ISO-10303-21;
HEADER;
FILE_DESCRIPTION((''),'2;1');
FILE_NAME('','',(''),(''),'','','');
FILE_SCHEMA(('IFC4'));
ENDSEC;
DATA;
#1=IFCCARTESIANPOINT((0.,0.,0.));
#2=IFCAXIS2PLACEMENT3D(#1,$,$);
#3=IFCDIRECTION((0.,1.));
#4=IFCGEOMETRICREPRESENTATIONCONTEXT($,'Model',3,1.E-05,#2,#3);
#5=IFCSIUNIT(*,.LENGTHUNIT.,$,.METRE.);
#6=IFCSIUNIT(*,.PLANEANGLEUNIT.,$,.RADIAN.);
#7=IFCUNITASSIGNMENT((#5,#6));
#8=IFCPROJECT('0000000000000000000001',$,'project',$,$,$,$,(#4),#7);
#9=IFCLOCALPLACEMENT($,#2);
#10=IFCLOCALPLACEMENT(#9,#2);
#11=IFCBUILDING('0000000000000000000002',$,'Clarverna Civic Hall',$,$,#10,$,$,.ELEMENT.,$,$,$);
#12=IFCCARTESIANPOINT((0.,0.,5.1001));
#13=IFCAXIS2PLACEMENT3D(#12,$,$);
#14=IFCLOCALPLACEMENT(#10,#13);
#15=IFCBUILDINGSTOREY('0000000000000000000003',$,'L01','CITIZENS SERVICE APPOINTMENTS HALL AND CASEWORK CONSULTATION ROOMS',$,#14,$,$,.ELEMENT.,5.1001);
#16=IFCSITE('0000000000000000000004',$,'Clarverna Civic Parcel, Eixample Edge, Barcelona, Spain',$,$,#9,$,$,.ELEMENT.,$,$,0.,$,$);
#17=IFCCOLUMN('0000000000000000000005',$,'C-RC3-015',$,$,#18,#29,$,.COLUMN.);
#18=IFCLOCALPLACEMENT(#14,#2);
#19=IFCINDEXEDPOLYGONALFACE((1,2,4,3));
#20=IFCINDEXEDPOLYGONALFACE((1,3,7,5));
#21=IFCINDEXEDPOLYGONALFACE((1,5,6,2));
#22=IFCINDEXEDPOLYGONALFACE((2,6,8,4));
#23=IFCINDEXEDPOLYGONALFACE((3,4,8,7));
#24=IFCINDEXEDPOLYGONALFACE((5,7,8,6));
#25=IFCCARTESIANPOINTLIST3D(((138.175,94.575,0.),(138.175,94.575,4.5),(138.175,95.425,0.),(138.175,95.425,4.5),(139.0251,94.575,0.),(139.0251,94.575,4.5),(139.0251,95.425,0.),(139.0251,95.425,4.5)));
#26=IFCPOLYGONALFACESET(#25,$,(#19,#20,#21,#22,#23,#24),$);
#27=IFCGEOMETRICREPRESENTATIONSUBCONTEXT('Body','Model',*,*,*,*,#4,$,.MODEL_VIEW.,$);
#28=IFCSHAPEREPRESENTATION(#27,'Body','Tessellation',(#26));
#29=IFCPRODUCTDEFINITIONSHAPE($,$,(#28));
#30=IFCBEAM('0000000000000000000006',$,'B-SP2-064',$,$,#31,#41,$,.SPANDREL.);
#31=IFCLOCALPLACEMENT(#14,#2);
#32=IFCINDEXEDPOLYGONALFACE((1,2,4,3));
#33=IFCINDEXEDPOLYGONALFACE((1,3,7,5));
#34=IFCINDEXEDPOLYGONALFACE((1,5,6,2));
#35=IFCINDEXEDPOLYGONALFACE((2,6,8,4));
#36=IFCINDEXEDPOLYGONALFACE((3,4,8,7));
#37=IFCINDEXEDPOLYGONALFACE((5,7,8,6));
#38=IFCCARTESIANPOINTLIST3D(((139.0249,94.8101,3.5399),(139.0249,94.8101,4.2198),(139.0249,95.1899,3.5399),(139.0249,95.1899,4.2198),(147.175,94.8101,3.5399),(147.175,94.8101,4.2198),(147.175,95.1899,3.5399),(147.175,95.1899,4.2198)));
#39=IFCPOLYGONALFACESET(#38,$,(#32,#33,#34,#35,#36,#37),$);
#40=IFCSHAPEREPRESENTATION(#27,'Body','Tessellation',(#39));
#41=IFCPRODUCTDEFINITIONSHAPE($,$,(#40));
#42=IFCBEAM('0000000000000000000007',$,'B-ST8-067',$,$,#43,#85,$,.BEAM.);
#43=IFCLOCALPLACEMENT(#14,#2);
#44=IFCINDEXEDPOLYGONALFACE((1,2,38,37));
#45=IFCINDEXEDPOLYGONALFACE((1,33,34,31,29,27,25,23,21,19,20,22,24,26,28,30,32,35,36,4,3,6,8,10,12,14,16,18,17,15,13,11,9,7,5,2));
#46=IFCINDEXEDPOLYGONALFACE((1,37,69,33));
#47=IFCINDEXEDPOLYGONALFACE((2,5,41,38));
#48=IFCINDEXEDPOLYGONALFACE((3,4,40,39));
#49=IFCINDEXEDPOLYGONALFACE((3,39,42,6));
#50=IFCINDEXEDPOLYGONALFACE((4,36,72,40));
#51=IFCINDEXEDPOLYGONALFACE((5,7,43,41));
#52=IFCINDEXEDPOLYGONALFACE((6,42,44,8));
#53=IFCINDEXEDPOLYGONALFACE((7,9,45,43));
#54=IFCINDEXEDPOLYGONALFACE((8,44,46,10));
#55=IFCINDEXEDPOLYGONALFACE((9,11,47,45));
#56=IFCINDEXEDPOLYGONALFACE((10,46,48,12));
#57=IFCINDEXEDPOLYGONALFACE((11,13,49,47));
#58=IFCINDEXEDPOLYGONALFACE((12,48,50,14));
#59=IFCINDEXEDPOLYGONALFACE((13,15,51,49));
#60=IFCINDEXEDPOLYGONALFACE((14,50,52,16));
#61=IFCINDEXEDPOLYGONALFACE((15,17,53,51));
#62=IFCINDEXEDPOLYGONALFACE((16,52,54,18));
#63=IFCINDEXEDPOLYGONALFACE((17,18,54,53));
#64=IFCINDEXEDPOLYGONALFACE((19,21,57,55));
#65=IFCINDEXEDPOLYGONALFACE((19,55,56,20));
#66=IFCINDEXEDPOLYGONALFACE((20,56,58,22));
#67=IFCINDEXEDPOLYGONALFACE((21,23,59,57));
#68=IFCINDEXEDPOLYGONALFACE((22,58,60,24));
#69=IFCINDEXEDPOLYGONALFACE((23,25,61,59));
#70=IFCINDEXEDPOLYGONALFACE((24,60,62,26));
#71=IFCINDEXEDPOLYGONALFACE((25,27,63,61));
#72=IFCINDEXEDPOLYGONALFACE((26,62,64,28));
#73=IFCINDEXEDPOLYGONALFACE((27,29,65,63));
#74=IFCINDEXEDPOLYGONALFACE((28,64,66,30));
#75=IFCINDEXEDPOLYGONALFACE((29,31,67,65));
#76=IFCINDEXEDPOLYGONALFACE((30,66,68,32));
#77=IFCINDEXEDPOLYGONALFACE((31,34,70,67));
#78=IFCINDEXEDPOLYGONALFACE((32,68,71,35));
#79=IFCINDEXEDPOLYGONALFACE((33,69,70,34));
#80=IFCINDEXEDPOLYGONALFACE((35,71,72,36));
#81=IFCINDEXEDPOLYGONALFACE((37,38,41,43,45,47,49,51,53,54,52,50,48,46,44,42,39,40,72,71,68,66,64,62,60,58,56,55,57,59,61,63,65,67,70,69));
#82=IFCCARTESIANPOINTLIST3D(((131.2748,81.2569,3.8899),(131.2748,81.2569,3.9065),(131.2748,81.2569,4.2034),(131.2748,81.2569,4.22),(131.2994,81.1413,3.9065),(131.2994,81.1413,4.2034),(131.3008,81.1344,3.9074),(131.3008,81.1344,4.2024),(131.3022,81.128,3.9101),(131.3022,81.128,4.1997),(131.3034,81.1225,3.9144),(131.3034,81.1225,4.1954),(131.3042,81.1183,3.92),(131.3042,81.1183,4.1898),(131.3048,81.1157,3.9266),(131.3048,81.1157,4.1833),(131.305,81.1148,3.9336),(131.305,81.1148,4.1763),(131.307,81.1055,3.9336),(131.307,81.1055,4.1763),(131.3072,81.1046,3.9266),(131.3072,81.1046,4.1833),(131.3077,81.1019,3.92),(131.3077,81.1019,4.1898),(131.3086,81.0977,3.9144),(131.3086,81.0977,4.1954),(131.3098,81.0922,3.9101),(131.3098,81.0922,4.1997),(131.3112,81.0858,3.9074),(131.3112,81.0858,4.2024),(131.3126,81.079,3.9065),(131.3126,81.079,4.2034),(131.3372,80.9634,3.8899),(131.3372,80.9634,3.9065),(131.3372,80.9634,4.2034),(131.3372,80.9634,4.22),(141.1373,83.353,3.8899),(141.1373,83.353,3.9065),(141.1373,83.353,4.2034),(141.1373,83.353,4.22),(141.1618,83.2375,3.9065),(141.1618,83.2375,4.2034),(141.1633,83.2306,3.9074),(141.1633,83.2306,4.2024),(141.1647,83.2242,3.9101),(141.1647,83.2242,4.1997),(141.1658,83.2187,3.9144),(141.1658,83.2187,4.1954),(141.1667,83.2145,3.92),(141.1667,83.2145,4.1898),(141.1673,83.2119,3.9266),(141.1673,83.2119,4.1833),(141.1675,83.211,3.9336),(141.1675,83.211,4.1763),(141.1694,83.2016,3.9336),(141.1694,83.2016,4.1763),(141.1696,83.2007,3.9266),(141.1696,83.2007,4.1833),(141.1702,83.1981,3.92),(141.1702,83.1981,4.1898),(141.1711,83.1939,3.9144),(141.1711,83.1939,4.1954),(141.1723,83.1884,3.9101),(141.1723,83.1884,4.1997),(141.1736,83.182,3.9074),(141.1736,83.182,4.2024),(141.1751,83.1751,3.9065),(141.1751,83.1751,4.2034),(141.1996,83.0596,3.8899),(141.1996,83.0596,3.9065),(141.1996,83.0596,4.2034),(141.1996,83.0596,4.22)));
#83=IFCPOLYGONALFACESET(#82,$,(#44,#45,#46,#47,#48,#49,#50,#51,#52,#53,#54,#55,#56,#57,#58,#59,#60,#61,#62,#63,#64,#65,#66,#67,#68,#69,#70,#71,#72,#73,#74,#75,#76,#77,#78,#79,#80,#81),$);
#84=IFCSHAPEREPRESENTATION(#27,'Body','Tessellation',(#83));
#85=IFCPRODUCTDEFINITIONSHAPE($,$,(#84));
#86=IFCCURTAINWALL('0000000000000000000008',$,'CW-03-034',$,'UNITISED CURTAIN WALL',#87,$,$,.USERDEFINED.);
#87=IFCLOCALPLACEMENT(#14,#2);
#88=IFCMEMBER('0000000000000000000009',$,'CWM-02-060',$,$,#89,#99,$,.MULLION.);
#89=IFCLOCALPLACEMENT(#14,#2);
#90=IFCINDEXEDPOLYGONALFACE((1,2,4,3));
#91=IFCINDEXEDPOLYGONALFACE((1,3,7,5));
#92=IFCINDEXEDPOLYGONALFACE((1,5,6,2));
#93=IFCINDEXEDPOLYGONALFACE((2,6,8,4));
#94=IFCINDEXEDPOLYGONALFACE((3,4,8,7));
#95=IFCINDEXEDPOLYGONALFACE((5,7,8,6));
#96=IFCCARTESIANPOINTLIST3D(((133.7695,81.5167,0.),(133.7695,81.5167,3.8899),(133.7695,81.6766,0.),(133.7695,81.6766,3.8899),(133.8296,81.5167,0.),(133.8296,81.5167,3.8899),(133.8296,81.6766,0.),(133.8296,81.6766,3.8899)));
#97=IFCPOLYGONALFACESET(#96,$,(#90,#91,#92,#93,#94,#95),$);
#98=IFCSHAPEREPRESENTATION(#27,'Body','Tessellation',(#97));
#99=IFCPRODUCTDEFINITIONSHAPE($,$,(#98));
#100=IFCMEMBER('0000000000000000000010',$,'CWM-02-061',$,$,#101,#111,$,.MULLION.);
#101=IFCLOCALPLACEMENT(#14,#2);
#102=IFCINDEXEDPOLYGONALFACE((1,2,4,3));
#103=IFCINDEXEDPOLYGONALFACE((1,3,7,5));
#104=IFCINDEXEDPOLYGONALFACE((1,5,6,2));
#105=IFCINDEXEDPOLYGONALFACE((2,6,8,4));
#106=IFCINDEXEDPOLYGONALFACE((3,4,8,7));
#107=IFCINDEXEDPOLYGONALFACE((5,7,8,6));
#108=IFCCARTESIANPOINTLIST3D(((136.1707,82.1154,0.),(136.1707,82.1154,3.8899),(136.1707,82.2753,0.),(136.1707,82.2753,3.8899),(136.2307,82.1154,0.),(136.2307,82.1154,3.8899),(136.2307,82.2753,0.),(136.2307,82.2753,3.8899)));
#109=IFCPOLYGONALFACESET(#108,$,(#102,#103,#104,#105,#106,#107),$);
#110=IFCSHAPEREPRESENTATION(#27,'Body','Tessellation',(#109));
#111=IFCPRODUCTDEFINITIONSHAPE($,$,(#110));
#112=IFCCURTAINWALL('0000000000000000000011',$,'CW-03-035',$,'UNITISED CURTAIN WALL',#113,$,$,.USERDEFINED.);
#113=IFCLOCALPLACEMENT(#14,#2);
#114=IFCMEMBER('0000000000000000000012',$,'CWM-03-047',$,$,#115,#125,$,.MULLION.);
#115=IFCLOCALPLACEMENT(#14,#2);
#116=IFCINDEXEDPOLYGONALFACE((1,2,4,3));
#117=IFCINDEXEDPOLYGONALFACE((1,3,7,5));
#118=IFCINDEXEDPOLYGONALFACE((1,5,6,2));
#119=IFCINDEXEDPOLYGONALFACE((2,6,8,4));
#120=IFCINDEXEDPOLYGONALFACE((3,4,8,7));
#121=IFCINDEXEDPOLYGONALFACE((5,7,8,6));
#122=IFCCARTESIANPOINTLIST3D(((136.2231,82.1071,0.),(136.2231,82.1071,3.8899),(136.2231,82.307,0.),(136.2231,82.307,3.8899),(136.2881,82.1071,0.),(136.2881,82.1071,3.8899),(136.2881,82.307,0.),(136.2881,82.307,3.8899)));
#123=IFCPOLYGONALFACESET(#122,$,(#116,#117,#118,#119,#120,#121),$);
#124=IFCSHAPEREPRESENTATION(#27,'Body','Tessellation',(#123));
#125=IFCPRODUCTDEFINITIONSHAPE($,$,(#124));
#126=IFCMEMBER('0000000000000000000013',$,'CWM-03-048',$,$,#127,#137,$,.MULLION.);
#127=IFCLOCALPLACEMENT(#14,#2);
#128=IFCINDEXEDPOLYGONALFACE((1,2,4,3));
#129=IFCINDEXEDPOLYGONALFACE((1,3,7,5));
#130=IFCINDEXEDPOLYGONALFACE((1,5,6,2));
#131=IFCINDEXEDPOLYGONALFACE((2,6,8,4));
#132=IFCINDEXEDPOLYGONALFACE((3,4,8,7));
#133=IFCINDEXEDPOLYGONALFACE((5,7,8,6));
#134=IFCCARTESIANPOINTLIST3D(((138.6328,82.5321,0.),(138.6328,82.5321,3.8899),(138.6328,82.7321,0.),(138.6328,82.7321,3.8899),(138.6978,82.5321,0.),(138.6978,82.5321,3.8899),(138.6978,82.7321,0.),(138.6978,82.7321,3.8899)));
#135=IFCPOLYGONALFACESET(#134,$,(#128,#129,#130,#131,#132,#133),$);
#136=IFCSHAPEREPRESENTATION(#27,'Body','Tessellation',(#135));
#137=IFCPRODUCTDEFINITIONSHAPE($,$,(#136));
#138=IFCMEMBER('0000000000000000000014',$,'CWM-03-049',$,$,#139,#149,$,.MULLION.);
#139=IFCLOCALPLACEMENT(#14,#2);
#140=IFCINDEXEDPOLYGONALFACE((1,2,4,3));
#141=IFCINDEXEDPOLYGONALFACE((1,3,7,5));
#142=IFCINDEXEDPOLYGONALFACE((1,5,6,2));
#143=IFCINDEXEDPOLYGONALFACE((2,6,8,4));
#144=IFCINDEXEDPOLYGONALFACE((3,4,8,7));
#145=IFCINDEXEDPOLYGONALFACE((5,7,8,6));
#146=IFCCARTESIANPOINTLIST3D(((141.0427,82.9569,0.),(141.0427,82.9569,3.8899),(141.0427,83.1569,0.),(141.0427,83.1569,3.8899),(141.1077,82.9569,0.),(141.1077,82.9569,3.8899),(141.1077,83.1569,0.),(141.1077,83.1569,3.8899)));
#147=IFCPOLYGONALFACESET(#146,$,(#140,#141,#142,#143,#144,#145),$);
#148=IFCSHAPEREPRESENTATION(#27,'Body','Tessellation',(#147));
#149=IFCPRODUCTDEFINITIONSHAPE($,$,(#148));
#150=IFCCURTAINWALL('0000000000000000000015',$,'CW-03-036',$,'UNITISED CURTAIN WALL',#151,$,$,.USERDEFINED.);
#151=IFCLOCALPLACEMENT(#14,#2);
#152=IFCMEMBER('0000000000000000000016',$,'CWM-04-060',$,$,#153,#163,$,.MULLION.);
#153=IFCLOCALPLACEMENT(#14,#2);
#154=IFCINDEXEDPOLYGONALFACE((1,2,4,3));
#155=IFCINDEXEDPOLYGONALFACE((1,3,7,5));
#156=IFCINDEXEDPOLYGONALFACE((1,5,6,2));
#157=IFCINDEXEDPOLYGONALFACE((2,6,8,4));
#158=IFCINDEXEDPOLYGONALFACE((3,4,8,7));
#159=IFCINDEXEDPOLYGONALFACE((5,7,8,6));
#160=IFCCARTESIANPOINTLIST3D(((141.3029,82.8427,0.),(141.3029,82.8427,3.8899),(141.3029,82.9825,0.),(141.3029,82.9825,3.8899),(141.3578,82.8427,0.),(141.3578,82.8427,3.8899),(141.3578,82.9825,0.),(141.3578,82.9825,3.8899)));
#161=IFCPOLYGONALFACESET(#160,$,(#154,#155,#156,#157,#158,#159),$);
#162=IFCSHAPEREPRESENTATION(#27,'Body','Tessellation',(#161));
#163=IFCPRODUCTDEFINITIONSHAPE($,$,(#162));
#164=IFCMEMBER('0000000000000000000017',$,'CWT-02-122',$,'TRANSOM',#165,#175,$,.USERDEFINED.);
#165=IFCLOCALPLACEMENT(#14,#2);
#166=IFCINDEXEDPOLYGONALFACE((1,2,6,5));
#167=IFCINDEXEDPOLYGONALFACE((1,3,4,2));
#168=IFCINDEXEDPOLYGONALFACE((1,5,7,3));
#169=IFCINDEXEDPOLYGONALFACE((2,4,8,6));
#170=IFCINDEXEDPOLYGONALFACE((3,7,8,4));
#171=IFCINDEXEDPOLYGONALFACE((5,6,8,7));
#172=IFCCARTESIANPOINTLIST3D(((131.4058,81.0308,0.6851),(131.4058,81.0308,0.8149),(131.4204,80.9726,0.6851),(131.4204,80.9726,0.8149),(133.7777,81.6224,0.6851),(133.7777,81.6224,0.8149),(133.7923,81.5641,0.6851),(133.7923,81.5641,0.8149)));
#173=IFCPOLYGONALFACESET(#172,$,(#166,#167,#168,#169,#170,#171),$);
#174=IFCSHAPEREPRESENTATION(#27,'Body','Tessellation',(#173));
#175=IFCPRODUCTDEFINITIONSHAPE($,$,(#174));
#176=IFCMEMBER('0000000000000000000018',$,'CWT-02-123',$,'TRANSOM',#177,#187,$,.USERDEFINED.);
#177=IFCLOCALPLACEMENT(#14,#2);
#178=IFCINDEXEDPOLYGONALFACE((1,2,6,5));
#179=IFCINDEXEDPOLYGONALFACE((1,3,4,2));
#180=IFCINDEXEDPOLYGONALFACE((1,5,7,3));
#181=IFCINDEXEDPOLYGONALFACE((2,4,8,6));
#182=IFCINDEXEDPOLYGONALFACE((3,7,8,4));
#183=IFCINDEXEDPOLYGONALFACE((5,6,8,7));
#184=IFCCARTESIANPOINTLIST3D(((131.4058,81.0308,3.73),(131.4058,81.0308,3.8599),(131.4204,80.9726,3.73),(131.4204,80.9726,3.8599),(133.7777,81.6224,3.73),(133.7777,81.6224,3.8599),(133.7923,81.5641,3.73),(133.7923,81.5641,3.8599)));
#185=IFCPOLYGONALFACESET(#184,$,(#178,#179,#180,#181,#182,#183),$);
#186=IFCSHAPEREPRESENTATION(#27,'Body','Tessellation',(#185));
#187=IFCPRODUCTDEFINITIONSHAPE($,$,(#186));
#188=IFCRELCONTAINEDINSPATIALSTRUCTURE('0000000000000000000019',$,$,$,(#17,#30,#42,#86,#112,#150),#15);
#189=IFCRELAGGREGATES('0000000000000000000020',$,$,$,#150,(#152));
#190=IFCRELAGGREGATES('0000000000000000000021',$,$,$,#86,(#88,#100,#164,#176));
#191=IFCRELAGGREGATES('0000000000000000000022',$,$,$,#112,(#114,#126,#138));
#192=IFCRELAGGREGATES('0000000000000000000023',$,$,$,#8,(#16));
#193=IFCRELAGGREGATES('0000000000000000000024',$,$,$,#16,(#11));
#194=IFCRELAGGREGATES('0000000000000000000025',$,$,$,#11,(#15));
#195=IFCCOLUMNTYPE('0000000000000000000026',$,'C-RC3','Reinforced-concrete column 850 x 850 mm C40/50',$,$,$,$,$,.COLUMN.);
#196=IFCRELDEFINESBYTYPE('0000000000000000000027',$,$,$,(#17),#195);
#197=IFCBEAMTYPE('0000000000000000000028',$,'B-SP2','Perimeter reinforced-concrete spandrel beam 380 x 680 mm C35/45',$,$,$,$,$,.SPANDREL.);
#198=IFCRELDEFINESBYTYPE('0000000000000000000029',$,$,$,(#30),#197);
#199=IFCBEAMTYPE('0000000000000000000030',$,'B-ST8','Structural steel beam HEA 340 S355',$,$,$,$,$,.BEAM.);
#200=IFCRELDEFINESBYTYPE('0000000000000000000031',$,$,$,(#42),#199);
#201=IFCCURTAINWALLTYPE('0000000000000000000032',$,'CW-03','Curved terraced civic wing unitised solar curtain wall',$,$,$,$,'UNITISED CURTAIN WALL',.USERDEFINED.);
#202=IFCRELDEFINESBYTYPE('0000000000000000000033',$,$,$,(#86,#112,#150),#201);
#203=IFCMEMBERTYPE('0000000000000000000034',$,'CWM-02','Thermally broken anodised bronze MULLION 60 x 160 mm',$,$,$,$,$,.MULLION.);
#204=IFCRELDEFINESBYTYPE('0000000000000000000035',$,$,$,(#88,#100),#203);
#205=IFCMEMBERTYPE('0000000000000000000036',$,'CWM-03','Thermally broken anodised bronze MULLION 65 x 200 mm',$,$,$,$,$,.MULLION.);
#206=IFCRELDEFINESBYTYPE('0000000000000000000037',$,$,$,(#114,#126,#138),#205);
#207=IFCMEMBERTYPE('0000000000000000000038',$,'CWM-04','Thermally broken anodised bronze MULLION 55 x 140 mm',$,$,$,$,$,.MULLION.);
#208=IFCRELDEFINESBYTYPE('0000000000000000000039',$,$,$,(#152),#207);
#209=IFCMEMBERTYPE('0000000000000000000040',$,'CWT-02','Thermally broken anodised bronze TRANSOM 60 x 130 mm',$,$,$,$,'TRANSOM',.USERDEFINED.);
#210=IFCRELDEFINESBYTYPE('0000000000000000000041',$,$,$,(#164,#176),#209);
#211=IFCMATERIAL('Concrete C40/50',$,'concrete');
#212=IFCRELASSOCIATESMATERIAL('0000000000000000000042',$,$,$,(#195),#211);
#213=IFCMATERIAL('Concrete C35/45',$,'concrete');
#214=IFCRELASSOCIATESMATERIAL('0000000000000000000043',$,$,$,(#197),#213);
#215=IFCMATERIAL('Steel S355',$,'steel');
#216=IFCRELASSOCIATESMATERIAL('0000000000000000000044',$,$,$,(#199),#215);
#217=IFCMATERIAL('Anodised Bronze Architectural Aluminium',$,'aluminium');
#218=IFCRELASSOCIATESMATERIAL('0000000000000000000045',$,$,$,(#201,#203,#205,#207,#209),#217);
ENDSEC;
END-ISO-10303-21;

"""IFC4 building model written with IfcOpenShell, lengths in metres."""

from ifc_helpers import new_model, si_unit, direction, frame, origin, origin_2d, place, context, subcontext, project, spatial, rectangle, i_section, extrude, material, material_profile, profile_set, type_object, element, aggregate, save


model = new_model("IFC4")

# Units and contexts
model_context = context("Model", 3, precision=1e-05, world=origin(), true_north=direction((0.0, 1.0)))
body_context = subcontext(model_context, "Body", "Model", "MODEL_VIEW")
ifc_project = project(units=[si_unit("LENGTHUNIT", "METRE"), si_unit("PLANEANGLEUNIT", "RADIAN")], contexts=[model_context])

# Site, building, storey
site_placement = place(None, origin())
site = spatial("IfcSite", under=ifc_project, at=site_placement, Name="Clarverna Civic Parcel, Eixample Edge, Barcelona, Spain", CompositionType="ELEMENT", RefElevation=0.0)
building_placement = place(site_placement, origin())
building = spatial("IfcBuilding", under=site, at=building_placement, Name="Clarverna Civic Hall", CompositionType="ELEMENT")
storey_placement = place(building_placement, frame((0.0, 0.0, 5.1001)))
storey = spatial("IfcBuildingStorey", under=building, at=storey_placement, Name="L01", Description="CITIZENS SERVICE APPOINTMENTS HALL AND CASEWORK CONSULTATION ROOMS", CompositionType="ELEMENT", Elevation=5.1001)

# Column
ifc_material_1 = material(Name="Concrete C40/50", Category="concrete")
ifc_material_profile_1 = material_profile(ifc_material_1, rectangle(XDim=0.8501, YDim=0.8501, at=origin_2d()), Name="RC 850x850")
ifc_profile_set_1 = profile_set([ifc_material_profile_1], Name="Concrete C40/50")
column_type = type_object("IfcColumnType", Name="C-RC3", Description="Reinforced-concrete column 850 x 850 mm C40/50", PredefinedType="COLUMN", material=ifc_profile_set_1)
column_placement = place(storey_placement, frame((138.6001, 95.0, 0.0), z_axis=(0.0, 0.0, 1.0), x_axis=(1.0, 0.0, 0.0)))
element("IfcColumn", 1, at=column_placement, inside=storey, type_object=column_type, Name="C-RC3-015", PredefinedType="COLUMN", context=body_context, shape_type="SweptSolid", body=[
    extrude(rectangle(XDim=0.8501, YDim=0.8501, at=origin_2d()), origin(), (0.0, 0.0, 1.0), 4.5),
])

# Beams
ifc_material_2 = material(Name="Concrete C35/45", Category="concrete")
ifc_material_profile_2 = material_profile(ifc_material_2, rectangle(XDim=0.3799, YDim=0.6799, at=origin_2d()), Name="RC 380x680")
ifc_profile_set_2 = profile_set([ifc_material_profile_2], Name="Concrete C35/45")
beam_type_1 = type_object("IfcBeamType", Name="B-SP2", Description="Perimeter reinforced-concrete spandrel beam 380 x 680 mm C35/45", PredefinedType="SPANDREL", material=ifc_profile_set_2)
beam_1_placement = place(storey_placement, frame((139.0249, 95.0, 3.8799), z_axis=(1.0, 0.0, 0.0), x_axis=(0.0, 1.0, 0.0)))
element("IfcBeam", 2, at=beam_1_placement, inside=storey, type_object=beam_type_1, Name="B-SP2-064", PredefinedType="SPANDREL", context=body_context, shape_type="SweptSolid", body=[
    extrude(rectangle(XDim=0.3799, YDim=0.6799, at=origin_2d()), origin(), (0.0, 0.0, 1.0), 8.1501),
])
ifc_material_3 = material(Name="Steel S355", Category="steel")
ifc_material_profile_3 = material_profile(ifc_material_3, i_section(OverallWidth=0.3, OverallDepth=0.3301, WebThickness=0.0095, FlangeThickness=0.0166, FilletRadius=0.0271, at=origin_2d()), Name="HEA 340")
ifc_profile_set_3 = profile_set([ifc_material_profile_3], Name="Steel S355")
beam_type_2 = type_object("IfcBeamType", Name="B-ST8", Description="Structural steel beam HEA 340 S355", PredefinedType="BEAM", material=ifc_profile_set_3)
beam_2_placement = place(storey_placement, frame((141.1685, 83.2063, 4.0549), z_axis=(-0.978151, -0.207897, 0.0), x_axis=(0.207897, -0.978151, 0.0)))
element("IfcBeam", 3, at=beam_2_placement, inside=storey, type_object=beam_type_2, Name="B-ST8-067", PredefinedType="BEAM", context=body_context, shape_type="SweptSolid", body=[
    extrude(i_section(OverallWidth=0.3, OverallDepth=0.3301, WebThickness=0.0095, FlangeThickness=0.0166, FilletRadius=0.0271, at=origin_2d()), origin(), (0.0, 0.0, 1.0), 10.0828),
])

# Curtain walls, members
ifc_material_4 = material(Name="Anodised Bronze Architectural Aluminium", Category="aluminium")
curtain_wall_type = type_object("IfcCurtainWallType", Name="CW-03", Description="Curved terraced civic wing unitised solar curtain wall", ElementType="UNITISED CURTAIN WALL", PredefinedType="USERDEFINED", material=ifc_material_4)
curtain_wall_1_placement = place(storey_placement, origin())
curtain_wall_1 = element("IfcCurtainWall", 4, at=curtain_wall_1_placement, inside=storey, type_object=curtain_wall_type, Name="CW-03-034", ObjectType="UNITISED CURTAIN WALL", PredefinedType="USERDEFINED")
ifc_material_profile_4 = material_profile(ifc_material_4, rectangle(XDim=0.0601, YDim=0.1599, at=origin_2d()), Name="BRONZE 60x160")
ifc_profile_set_4 = profile_set([ifc_material_profile_4], Name="Anodised Bronze Architectural Aluminium")
member_type_1 = type_object("IfcMemberType", Name="CWM-02", Description="Thermally broken anodised bronze MULLION 60 x 160 mm", PredefinedType="MULLION", material=ifc_profile_set_4)
member_1_placement = place(storey_placement, frame((133.7996, 81.5967, 0.0), z_axis=(0.0, 0.0, 1.0), x_axis=(1.0, 0.0, 0.0)))
member_1 = element("IfcMember", 5, at=member_1_placement, type_object=member_type_1, Name="CWM-02-060", PredefinedType="MULLION", context=body_context, shape_type="SweptSolid", body=[
    extrude(rectangle(XDim=0.0601, YDim=0.1599, at=origin_2d()), origin(), (0.0, 0.0, 1.0), 3.8899),
])
member_2_placement = place(storey_placement, frame((136.2007, 82.1953, 0.0), z_axis=(0.0, 0.0, 1.0), x_axis=(1.0, 0.0, 0.0)))
member_2 = element("IfcMember", 6, at=member_2_placement, type_object=member_type_1, Name="CWM-02-061", PredefinedType="MULLION", context=body_context, shape_type="SweptSolid", body=[
    extrude(rectangle(XDim=0.0601, YDim=0.1599, at=origin_2d()), origin(), (0.0, 0.0, 1.0), 3.8899),
])
curtain_wall_2_placement = place(storey_placement, origin())
curtain_wall_2 = element("IfcCurtainWall", 7, at=curtain_wall_2_placement, inside=storey, type_object=curtain_wall_type, Name="CW-03-035", ObjectType="UNITISED CURTAIN WALL", PredefinedType="USERDEFINED")
ifc_material_profile_5 = material_profile(ifc_material_4, rectangle(XDim=0.0649, YDim=0.2, at=origin_2d()), Name="BRONZE 65x200")
ifc_profile_set_5 = profile_set([ifc_material_profile_5], Name="Anodised Bronze Architectural Aluminium")
member_type_2 = type_object("IfcMemberType", Name="CWM-03", Description="Thermally broken anodised bronze MULLION 65 x 200 mm", PredefinedType="MULLION", material=ifc_profile_set_5)
member_3_placement = place(storey_placement, frame((136.2556, 82.207, 0.0), z_axis=(0.0, 0.0, 1.0), x_axis=(1.0, 0.0, 0.0)))
member_3 = element("IfcMember", 8, at=member_3_placement, type_object=member_type_2, Name="CWM-03-047", PredefinedType="MULLION", context=body_context, shape_type="SweptSolid", body=[
    extrude(rectangle(XDim=0.0649, YDim=0.2, at=origin_2d()), origin(), (0.0, 0.0, 1.0), 3.8899),
])
member_4_placement = place(storey_placement, frame((138.6653, 82.6321, 0.0), z_axis=(0.0, 0.0, 1.0), x_axis=(1.0, 0.0, 0.0)))
member_4 = element("IfcMember", 9, at=member_4_placement, type_object=member_type_2, Name="CWM-03-048", PredefinedType="MULLION", context=body_context, shape_type="SweptSolid", body=[
    extrude(rectangle(XDim=0.0649, YDim=0.2, at=origin_2d()), origin(), (0.0, 0.0, 1.0), 3.8899),
])
member_5_placement = place(storey_placement, frame((141.0752, 83.0569, 0.0), z_axis=(0.0, 0.0, 1.0), x_axis=(1.0, 0.0, 0.0)))
member_5 = element("IfcMember", 10, at=member_5_placement, type_object=member_type_2, Name="CWM-03-049", PredefinedType="MULLION", context=body_context, shape_type="SweptSolid", body=[
    extrude(rectangle(XDim=0.0649, YDim=0.2, at=origin_2d()), origin(), (0.0, 0.0, 1.0), 3.8899),
])

# Curtain wall, member
curtain_wall_3_placement = place(storey_placement, origin())
curtain_wall_3 = element("IfcCurtainWall", 11, at=curtain_wall_3_placement, inside=storey, type_object=curtain_wall_type, Name="CW-03-036", ObjectType="UNITISED CURTAIN WALL", PredefinedType="USERDEFINED")
ifc_material_profile_6 = material_profile(ifc_material_4, rectangle(XDim=0.0549, YDim=0.1399, at=origin_2d()), Name="BRONZE 55x140")
ifc_profile_set_6 = profile_set([ifc_material_profile_6], Name="Anodised Bronze Architectural Aluminium")
member_type_3 = type_object("IfcMemberType", Name="CWM-04", Description="Thermally broken anodised bronze MULLION 55 x 140 mm", PredefinedType="MULLION", material=ifc_profile_set_6)
member_6_placement = place(storey_placement, frame((141.3303, 82.9126, 0.0), z_axis=(0.0, 0.0, 1.0), x_axis=(1.0, 0.0, 0.0)))
member_6 = element("IfcMember", 12, at=member_6_placement, type_object=member_type_3, Name="CWM-04-060", PredefinedType="MULLION", context=body_context, shape_type="SweptSolid", body=[
    extrude(rectangle(XDim=0.0549, YDim=0.1399, at=origin_2d()), origin(), (0.0, 0.0, 1.0), 3.8899),
])
aggregate(curtain_wall_3, [member_6])

# Members
ifc_material_profile_7 = material_profile(ifc_material_4, rectangle(XDim=0.0601, YDim=0.1299, at=origin_2d()), Name="BRONZE 60x130")
ifc_profile_set_7 = profile_set([ifc_material_profile_7], Name="Anodised Bronze Architectural Aluminium")
member_type_4 = type_object("IfcMemberType", Name="CWT-02", Description="Thermally broken anodised bronze TRANSOM 60 x 130 mm", ElementType="TRANSOM", PredefinedType="USERDEFINED", material=ifc_profile_set_7)
member_7_placement = place(storey_placement, frame((131.4131, 81.0017, 0.75), z_axis=(0.970277, 0.241995, 0.0), x_axis=(-0.241995, 0.970277, 0.0)))
member_7 = element("IfcMember", 13, at=member_7_placement, type_object=member_type_4, Name="CWT-02-122", ObjectType="TRANSOM", PredefinedType="USERDEFINED", context=body_context, shape_type="SweptSolid", body=[
    extrude(rectangle(XDim=0.0601, YDim=0.1299, at=origin_2d()), origin(), (0.0, 0.0, 1.0), 2.4446),
])
member_8_placement = place(storey_placement, frame((131.4131, 81.0017, 3.7949), z_axis=(0.970277, 0.241995, 0.0), x_axis=(-0.241995, 0.970277, 0.0)))
member_8 = element("IfcMember", 14, at=member_8_placement, type_object=member_type_4, Name="CWT-02-123", ObjectType="TRANSOM", PredefinedType="USERDEFINED", context=body_context, shape_type="SweptSolid", body=[
    extrude(rectangle(XDim=0.0601, YDim=0.1299, at=origin_2d()), origin(), (0.0, 0.0, 1.0), 2.4446),
])

aggregate(curtain_wall_1, [member_1, member_2, member_7, member_8])
aggregate(curtain_wall_2, [member_3, member_4, member_5])

save(model, "model.ifc")
